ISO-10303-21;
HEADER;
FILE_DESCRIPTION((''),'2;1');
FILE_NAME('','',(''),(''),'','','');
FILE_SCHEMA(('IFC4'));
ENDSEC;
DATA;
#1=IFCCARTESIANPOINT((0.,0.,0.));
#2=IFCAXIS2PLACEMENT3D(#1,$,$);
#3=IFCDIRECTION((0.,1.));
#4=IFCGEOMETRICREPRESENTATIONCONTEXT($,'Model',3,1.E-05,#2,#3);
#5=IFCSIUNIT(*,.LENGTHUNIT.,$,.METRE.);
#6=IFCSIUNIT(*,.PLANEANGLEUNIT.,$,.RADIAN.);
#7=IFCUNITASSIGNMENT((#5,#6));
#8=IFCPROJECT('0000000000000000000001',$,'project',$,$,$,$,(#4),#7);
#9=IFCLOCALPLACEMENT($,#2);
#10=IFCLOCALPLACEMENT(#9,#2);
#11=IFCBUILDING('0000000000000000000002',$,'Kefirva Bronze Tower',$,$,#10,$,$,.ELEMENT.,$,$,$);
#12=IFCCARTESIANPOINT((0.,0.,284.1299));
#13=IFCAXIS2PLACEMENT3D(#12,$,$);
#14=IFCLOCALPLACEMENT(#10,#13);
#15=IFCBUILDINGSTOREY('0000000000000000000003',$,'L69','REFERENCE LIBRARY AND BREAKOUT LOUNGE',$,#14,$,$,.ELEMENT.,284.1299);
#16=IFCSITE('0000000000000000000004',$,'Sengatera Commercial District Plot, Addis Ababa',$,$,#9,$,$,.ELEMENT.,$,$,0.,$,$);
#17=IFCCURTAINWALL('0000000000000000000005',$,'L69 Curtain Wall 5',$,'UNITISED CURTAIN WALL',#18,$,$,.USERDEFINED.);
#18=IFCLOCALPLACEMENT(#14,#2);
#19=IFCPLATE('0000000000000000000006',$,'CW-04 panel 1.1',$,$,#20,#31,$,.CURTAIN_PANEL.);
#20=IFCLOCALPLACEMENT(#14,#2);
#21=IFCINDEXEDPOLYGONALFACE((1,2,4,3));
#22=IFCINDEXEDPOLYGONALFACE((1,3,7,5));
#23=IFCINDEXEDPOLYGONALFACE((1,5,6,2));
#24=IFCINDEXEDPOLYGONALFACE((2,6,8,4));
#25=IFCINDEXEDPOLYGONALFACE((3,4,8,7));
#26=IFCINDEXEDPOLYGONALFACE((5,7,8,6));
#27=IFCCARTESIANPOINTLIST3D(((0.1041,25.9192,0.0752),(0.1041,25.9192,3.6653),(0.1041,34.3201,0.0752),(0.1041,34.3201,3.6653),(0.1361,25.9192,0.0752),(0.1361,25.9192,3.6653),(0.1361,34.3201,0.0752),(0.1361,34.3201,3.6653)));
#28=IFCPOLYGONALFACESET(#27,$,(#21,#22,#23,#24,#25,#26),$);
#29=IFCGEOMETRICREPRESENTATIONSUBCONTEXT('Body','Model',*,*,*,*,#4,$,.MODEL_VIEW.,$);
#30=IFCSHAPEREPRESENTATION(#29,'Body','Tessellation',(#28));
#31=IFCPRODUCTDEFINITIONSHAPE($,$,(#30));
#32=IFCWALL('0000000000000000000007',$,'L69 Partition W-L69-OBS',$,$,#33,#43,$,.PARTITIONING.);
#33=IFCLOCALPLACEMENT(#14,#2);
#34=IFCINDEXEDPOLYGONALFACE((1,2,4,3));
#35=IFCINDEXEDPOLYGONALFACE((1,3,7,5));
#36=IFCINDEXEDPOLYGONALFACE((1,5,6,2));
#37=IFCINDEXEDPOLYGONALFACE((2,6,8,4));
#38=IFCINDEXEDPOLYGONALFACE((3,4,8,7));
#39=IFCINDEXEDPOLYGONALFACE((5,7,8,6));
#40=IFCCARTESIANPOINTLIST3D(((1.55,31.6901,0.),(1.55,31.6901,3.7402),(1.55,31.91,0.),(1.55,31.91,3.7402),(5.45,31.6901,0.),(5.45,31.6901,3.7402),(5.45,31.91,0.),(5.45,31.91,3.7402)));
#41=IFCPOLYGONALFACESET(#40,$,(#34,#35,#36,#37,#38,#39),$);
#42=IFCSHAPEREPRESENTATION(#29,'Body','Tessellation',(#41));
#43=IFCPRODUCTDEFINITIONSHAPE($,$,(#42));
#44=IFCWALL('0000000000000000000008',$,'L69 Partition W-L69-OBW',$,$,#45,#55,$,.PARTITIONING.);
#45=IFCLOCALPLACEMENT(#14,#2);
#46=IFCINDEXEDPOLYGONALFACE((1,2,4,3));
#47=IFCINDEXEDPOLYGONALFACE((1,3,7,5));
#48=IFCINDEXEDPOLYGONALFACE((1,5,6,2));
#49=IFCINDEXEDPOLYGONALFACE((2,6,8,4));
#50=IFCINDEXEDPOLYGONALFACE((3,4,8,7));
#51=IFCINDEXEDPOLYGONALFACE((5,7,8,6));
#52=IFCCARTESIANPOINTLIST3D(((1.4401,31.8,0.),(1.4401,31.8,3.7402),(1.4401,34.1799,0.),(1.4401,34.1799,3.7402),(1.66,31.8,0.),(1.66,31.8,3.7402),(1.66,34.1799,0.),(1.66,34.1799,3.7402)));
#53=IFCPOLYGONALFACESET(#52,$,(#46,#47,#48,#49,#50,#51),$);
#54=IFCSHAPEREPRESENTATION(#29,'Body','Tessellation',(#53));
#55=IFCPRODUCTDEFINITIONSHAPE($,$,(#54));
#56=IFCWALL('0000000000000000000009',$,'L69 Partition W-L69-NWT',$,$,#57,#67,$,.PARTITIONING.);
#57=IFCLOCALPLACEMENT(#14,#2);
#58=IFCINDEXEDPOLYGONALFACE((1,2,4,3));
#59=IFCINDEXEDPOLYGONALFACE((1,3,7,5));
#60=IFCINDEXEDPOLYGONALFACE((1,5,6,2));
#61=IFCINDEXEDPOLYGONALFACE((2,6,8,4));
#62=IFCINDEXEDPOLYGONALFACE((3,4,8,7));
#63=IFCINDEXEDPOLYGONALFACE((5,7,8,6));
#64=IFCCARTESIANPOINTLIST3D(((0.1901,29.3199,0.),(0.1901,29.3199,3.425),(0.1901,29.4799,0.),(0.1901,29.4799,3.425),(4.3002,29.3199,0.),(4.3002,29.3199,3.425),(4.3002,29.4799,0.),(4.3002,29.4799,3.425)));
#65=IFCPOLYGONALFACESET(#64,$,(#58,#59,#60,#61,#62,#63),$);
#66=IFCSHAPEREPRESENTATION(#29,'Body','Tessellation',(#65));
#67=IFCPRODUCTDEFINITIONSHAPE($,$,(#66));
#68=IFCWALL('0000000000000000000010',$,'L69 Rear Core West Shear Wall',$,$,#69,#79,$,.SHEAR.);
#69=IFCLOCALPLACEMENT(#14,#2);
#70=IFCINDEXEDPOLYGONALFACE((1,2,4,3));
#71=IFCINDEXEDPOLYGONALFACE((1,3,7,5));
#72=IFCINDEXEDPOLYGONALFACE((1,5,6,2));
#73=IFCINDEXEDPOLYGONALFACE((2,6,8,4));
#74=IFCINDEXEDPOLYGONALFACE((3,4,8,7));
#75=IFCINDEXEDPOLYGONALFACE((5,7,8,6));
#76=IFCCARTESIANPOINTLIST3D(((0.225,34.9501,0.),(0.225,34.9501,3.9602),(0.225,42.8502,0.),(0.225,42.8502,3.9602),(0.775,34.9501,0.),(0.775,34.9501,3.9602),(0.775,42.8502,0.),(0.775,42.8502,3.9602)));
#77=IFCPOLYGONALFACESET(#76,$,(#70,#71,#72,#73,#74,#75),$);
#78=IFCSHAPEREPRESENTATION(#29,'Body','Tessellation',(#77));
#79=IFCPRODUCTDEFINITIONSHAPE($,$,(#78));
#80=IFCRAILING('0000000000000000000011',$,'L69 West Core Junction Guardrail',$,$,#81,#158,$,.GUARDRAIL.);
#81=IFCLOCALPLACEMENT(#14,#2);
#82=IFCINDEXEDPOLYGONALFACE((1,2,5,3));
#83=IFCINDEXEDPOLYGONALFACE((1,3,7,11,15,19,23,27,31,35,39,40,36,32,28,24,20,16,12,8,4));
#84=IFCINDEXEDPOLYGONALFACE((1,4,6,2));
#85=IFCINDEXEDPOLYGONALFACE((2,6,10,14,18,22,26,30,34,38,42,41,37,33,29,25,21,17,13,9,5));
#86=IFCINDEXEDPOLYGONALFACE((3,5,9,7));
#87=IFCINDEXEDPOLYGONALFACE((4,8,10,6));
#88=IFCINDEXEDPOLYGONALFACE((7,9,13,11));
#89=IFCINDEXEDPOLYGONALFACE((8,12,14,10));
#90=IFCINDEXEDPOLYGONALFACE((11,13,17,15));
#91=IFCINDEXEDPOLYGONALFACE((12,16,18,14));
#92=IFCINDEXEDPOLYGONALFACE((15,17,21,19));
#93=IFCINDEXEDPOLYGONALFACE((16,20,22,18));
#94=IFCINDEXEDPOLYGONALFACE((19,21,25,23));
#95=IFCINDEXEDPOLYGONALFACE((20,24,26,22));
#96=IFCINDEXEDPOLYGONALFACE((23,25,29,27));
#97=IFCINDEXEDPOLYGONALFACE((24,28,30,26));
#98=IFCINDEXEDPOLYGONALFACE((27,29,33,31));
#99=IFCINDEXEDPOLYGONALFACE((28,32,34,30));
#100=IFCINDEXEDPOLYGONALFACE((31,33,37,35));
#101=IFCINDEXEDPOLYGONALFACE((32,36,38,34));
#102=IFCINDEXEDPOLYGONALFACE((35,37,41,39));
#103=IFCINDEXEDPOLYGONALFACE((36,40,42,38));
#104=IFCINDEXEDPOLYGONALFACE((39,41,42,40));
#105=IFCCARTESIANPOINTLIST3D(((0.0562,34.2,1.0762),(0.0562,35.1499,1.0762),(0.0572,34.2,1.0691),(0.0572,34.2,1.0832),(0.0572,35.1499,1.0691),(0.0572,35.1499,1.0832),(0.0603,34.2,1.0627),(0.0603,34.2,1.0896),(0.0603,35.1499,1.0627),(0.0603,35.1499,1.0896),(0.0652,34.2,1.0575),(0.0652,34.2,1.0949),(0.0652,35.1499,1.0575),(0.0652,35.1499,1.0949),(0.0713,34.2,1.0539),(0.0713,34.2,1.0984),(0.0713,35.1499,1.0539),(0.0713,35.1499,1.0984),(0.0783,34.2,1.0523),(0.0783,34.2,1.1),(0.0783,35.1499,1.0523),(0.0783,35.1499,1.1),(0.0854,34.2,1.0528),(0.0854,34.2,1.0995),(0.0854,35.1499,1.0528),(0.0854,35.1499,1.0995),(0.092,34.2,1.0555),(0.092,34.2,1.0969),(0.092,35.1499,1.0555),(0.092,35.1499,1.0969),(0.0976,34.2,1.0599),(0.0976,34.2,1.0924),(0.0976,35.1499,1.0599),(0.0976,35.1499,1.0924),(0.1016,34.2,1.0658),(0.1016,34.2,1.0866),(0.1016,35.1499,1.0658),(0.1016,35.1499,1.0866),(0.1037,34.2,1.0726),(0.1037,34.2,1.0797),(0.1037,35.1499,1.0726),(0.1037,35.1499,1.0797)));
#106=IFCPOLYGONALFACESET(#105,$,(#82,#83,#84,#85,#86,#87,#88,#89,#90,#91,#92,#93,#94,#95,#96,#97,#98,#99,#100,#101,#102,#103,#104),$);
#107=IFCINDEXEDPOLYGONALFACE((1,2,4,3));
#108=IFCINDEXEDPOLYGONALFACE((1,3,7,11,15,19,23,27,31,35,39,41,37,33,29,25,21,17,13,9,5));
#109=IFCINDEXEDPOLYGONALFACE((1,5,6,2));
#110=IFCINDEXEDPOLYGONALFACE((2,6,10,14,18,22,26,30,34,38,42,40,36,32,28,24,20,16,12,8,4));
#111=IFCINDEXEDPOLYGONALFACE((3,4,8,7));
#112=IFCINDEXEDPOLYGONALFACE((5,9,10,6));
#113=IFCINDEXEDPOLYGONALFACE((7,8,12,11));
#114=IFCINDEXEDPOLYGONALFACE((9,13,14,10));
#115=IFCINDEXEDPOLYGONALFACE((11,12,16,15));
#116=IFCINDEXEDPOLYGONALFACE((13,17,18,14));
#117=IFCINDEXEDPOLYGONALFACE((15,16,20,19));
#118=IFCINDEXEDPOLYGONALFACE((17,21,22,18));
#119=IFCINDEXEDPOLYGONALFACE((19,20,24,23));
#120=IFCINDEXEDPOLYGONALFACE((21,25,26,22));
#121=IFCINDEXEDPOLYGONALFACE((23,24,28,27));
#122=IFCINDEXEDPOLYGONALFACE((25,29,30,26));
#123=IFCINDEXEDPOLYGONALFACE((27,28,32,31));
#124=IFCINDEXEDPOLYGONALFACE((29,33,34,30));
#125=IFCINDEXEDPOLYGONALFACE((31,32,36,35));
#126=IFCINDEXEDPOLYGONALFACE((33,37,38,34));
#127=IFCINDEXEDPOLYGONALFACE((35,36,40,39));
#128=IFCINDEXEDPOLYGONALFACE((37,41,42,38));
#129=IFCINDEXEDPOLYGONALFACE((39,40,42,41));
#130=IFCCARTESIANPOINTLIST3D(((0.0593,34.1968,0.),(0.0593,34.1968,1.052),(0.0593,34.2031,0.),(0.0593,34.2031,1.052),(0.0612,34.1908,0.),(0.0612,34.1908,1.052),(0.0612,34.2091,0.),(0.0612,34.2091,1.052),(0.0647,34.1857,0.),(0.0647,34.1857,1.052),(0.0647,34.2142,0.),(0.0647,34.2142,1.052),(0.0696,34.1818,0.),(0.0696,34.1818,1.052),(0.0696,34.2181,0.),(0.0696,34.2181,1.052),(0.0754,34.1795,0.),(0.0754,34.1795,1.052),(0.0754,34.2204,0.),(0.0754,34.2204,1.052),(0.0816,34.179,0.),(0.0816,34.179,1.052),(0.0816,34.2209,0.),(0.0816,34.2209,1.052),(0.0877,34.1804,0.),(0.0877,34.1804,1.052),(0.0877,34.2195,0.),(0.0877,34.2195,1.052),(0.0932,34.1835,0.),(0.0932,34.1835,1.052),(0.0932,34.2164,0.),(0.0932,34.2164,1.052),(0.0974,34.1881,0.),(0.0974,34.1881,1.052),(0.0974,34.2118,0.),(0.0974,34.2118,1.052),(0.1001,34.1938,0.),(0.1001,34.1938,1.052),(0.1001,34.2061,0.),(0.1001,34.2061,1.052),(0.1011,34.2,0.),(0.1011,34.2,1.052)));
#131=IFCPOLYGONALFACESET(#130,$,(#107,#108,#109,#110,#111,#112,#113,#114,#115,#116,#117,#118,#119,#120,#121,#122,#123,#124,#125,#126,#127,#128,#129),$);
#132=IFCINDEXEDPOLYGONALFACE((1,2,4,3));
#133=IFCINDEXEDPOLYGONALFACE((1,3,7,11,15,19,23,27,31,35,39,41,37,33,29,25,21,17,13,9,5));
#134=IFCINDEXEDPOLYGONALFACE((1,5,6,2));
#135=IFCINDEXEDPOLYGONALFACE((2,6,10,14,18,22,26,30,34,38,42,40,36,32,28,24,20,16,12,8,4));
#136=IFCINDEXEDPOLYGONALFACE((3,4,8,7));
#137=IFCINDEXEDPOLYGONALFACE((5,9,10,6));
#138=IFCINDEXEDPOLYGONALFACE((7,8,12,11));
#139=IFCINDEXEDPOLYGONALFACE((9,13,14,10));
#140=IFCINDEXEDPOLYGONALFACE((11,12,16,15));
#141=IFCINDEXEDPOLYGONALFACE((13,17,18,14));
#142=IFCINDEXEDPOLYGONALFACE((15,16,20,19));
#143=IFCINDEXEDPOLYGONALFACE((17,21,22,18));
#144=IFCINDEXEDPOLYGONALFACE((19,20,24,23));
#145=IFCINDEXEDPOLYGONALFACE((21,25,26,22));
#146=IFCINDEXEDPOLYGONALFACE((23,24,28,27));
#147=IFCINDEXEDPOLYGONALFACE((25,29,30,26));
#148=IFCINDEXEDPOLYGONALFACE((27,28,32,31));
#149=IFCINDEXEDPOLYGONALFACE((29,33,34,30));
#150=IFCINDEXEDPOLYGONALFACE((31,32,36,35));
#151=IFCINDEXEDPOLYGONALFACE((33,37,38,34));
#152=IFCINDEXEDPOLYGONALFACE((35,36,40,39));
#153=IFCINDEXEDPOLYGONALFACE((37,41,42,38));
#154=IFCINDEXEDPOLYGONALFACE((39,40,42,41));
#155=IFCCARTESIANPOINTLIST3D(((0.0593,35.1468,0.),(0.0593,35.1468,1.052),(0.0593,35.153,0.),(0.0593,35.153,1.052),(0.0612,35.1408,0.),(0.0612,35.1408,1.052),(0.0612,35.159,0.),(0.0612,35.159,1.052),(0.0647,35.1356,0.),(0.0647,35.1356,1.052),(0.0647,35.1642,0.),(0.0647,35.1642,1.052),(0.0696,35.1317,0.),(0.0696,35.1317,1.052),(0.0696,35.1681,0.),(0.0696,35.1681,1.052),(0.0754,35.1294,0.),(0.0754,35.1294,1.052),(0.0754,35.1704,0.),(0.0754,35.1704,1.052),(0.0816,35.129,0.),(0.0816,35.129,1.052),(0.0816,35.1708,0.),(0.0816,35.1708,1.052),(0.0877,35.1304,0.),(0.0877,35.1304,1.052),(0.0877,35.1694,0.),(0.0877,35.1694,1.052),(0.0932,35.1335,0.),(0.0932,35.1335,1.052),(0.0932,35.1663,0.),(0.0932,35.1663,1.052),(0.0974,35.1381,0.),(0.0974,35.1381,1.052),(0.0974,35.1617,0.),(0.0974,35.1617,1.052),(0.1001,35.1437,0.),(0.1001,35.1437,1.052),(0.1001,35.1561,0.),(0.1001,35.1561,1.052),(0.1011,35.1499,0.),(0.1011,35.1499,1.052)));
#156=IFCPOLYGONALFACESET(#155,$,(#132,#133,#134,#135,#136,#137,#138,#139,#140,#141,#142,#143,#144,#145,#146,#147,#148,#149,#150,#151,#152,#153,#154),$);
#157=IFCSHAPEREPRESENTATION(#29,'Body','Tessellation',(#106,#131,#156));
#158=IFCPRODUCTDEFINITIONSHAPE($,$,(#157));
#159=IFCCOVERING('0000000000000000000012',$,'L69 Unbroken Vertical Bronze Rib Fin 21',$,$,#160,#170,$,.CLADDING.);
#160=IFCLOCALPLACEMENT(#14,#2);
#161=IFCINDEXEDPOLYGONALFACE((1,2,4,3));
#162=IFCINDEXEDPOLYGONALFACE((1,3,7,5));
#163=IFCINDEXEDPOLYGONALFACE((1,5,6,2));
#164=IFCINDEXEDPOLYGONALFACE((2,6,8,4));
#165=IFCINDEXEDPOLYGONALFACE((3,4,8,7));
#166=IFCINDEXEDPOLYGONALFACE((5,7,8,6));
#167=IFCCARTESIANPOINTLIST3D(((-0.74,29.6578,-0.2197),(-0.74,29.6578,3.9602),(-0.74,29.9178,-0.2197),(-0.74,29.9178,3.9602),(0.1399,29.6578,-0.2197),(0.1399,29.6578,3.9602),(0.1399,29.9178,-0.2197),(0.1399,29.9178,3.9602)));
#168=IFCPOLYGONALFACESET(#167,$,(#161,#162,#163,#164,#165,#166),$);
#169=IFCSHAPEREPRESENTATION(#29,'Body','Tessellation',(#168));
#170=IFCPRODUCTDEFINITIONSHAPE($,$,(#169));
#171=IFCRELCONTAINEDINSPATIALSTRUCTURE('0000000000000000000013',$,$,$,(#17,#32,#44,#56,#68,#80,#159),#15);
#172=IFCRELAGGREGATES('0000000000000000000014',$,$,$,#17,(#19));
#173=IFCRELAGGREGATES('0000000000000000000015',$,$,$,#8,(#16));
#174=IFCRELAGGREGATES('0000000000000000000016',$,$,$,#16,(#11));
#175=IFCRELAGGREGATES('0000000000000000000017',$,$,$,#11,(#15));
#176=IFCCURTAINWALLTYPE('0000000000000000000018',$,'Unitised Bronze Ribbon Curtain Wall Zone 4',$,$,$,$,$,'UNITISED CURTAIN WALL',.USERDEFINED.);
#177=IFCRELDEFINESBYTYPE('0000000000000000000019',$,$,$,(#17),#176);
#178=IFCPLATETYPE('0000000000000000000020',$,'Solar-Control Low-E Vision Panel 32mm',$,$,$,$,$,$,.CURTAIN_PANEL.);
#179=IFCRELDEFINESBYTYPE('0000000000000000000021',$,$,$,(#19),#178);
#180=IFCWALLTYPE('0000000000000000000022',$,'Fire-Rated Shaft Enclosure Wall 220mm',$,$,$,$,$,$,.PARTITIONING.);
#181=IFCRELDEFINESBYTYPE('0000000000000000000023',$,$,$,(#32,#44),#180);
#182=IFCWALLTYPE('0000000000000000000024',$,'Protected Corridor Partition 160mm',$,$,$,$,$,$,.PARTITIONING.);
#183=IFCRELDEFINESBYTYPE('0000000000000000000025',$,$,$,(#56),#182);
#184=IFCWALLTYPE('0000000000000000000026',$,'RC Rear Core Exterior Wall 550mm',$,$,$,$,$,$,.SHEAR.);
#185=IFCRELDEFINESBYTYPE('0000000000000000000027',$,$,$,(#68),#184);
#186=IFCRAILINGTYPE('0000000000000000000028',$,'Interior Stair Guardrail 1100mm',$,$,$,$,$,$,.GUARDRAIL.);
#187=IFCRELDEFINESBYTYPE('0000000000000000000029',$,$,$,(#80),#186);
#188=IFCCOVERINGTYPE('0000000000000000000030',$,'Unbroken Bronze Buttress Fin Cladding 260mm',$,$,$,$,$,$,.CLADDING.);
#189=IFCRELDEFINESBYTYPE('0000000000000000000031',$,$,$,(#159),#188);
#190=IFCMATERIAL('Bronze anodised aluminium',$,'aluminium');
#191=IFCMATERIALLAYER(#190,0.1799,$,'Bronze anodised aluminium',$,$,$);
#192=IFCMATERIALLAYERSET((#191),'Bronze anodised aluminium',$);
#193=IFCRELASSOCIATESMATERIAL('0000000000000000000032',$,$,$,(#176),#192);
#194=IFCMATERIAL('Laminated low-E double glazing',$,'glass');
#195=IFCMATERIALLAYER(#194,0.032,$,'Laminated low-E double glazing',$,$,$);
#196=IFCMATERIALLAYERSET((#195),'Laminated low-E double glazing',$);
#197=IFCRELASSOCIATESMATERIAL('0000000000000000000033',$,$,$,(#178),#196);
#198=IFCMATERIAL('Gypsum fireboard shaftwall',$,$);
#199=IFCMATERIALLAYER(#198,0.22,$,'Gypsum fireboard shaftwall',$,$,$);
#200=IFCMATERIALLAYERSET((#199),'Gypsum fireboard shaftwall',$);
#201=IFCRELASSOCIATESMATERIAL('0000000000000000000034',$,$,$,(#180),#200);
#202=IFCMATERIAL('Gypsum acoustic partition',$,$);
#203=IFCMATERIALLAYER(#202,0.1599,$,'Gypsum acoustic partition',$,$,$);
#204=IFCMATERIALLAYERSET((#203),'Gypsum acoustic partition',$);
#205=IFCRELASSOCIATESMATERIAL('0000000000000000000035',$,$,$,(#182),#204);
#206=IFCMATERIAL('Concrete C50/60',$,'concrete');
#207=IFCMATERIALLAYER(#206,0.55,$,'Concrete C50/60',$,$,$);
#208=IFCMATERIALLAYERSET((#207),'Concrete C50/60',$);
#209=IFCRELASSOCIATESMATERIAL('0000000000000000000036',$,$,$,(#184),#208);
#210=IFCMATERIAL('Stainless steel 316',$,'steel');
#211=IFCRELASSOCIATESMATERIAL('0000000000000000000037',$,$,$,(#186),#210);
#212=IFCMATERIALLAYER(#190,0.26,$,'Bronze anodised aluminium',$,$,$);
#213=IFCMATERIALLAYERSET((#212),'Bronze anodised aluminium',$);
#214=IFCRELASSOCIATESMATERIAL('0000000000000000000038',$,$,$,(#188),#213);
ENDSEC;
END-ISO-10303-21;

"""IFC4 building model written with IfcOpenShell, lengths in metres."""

from ifc_helpers import new_model, si_unit, direction, frame, frame_2d, origin, origin_2d, place, context, subcontext, project, spatial, rectangle, circle, extrude, material, layer, layer_set, type_object, element, aggregate, save


model = new_model("IFC4")

# Units and contexts
model_context = context("Model", 3, precision=1e-05, world=origin(), true_north=direction((0.0, 1.0)))
body_context = subcontext(model_context, "Body", "Model", "MODEL_VIEW")
ifc_project = project(units=[si_unit("LENGTHUNIT", "METRE"), si_unit("PLANEANGLEUNIT", "RADIAN")], contexts=[model_context])

# Site, building, storey
site_placement = place(None, origin())
site = spatial("IfcSite", under=ifc_project, at=site_placement, Name="Sengatera Commercial District Plot, Addis Ababa", CompositionType="ELEMENT", RefElevation=0.0)
building_placement = place(site_placement, origin())
building = spatial("IfcBuilding", under=site, at=building_placement, Name="Kefirva Bronze Tower", CompositionType="ELEMENT")
storey_placement = place(building_placement, frame((0.0, 0.0, 284.1299)))
storey = spatial("IfcBuildingStorey", under=building, at=storey_placement, Name="L69", Description="REFERENCE LIBRARY AND BREAKOUT LOUNGE", CompositionType="ELEMENT", Elevation=284.1299)

# Shared definitions
ifc_material_1 = material(Name="Concrete C50/60", Category="concrete")

# Curtain wall
ifc_material_2 = material(Name="Bronze anodised aluminium", Category="aluminium")
ifc_layer_1 = layer(ifc_material_2, 0.1799, Name="Bronze anodised aluminium")
ifc_layer_set_1 = layer_set([ifc_layer_1], Name="Bronze anodised aluminium")
curtain_wall_type = type_object("IfcCurtainWallType", Name="Unitised Bronze Ribbon Curtain Wall Zone 4", ElementType="UNITISED CURTAIN WALL", PredefinedType="USERDEFINED", material=ifc_layer_set_1)
curtain_wall_placement = place(storey_placement, origin())
curtain_wall = element("IfcCurtainWall", 1, at=curtain_wall_placement, inside=storey, type_object=curtain_wall_type, Name="L69 Curtain Wall 5", ObjectType="UNITISED CURTAIN WALL", PredefinedType="USERDEFINED")

# Plate
ifc_material_3 = material(Name="Laminated low-E double glazing", Category="glass")
ifc_layer_2 = layer(ifc_material_3, 0.032, Name="Laminated low-E double glazing")
ifc_layer_set_2 = layer_set([ifc_layer_2], Name="Laminated low-E double glazing")
plate_type = type_object("IfcPlateType", Name="Solar-Control Low-E Vision Panel 32mm", PredefinedType="CURTAIN_PANEL", material=ifc_layer_set_2)
plate_placement = place(storey_placement, frame((0.1201, 30.1196, 0.0752), z_axis=(0.0, 0.0, 1.0), x_axis=(0.0, -1.0, 0.0)))
plate = element("IfcPlate", 2, at=plate_placement, type_object=plate_type, Name="CW-04 panel 1.1", PredefinedType="CURTAIN_PANEL", context=body_context, shape_type="SweptSolid", body=[
    extrude(rectangle(XDim=8.4009, YDim=0.032, at=origin_2d()), origin(), (0.0, 0.0, 1.0), 3.5901),
])
aggregate(curtain_wall, [plate])

# Walls
ifc_material_4 = material(Name="Gypsum fireboard shaftwall")
ifc_layer_3 = layer(ifc_material_4, 0.22, Name="Gypsum fireboard shaftwall")
ifc_layer_set_3 = layer_set([ifc_layer_3], Name="Gypsum fireboard shaftwall")
wall_type_1 = type_object("IfcWallType", Name="Fire-Rated Shaft Enclosure Wall 220mm", PredefinedType="PARTITIONING", material=ifc_layer_set_3)
wall_1_placement = place(storey_placement, frame((1.55, 31.8, 0.0), z_axis=(0.0, 0.0, 1.0), x_axis=(1.0, 0.0, 0.0)))
element("IfcWall", 3, at=wall_1_placement, inside=storey, type_object=wall_type_1, Name="L69 Partition W-L69-OBS", PredefinedType="PARTITIONING", context=body_context, shape_type="SweptSolid", body=[
    extrude(rectangle(XDim=3.8999, YDim=0.22, at=frame_2d((1.95, 0.0))), origin(), (0.0, 0.0, 1.0), 3.7402),
])
wall_2_placement = place(storey_placement, frame((1.55, 31.8, 0.0), z_axis=(0.0, 0.0, 1.0), x_axis=(0.0, 1.0, 0.0)))
element("IfcWall", 4, at=wall_2_placement, inside=storey, type_object=wall_type_1, Name="L69 Partition W-L69-OBW", PredefinedType="PARTITIONING", context=body_context, shape_type="SweptSolid", body=[
    extrude(rectangle(XDim=2.3799, YDim=0.22, at=frame_2d((1.1899, 0.0))), origin(), (0.0, 0.0, 1.0), 3.7402),
])
ifc_material_5 = material(Name="Gypsum acoustic partition")
ifc_layer_4 = layer(ifc_material_5, 0.1599, Name="Gypsum acoustic partition")
ifc_layer_set_4 = layer_set([ifc_layer_4], Name="Gypsum acoustic partition")
wall_type_2 = type_object("IfcWallType", Name="Protected Corridor Partition 160mm", PredefinedType="PARTITIONING", material=ifc_layer_set_4)
wall_3_placement = place(storey_placement, frame((0.1899, 29.3999, 0.0), z_axis=(0.0, 0.0, 1.0), x_axis=(1.0, 0.0, 0.0)))
element("IfcWall", 5, at=wall_3_placement, inside=storey, type_object=wall_type_2, Name="L69 Partition W-L69-NWT", PredefinedType="PARTITIONING", context=body_context, shape_type="SweptSolid", body=[
    extrude(rectangle(XDim=4.1101, YDim=0.1599, at=frame_2d((2.0552, 0.0))), origin(), (0.0, 0.0, 1.0), 3.425),
])
ifc_layer_5 = layer(ifc_material_1, 0.55, Name="Concrete C50/60")
ifc_layer_set_5 = layer_set([ifc_layer_5], Name="Concrete C50/60")
wall_type_3 = type_object("IfcWallType", Name="RC Rear Core Exterior Wall 550mm", PredefinedType="SHEAR", material=ifc_layer_set_5)
wall_4_placement = place(storey_placement, frame((0.5, 34.95, 0.0), z_axis=(0.0, 0.0, 1.0), x_axis=(0.0, 1.0, 0.0)))
element("IfcWall", 6, at=wall_4_placement, inside=storey, type_object=wall_type_3, Name="L69 Rear Core West Shear Wall", PredefinedType="SHEAR", context=body_context, shape_type="SweptSolid", body=[
    extrude(rectangle(XDim=7.9001, YDim=0.55, at=frame_2d((3.9502, 0.0))), origin(), (0.0, 0.0, 1.0), 3.9602),
])

# Railing
ifc_material_6 = material(Name="Stainless steel 316", Category="steel")
railing_type = type_object("IfcRailingType", Name="Interior Stair Guardrail 1100mm", PredefinedType="GUARDRAIL", material=ifc_material_6)
railing_placement = place(storey_placement, frame((0.0801, 34.2, 0.0)))
element("IfcRailing", 7, at=railing_placement, inside=storey, type_object=railing_type, Name="L69 West Core Junction Guardrail", PredefinedType="GUARDRAIL", context=body_context, shape_type="SweptSolid", body=[
    extrude(circle(Radius=0.0239, at=origin_2d()), frame((0.0, 0.0, 1.0762), z_axis=(0.0, 1.0, 0.0), x_axis=(-1.0, 0.0, 0.0)), (0.0, 0.0, 1.0), 0.95),
    extrude(circle(Radius=0.021, at=origin_2d()), origin(), (0.0, 0.0, 1.0), 1.052),
    extrude(circle(Radius=0.021, at=origin_2d()), frame((0.0, 0.95, 0.0)), (0.0, 0.0, 1.0), 1.052),
])

# Covering
ifc_layer_6 = layer(ifc_material_2, 0.26, Name="Bronze anodised aluminium")
ifc_layer_set_6 = layer_set([ifc_layer_6], Name="Bronze anodised aluminium")
covering_type = type_object("IfcCoveringType", Name="Unbroken Bronze Buttress Fin Cladding 260mm", PredefinedType="CLADDING", material=ifc_layer_set_6)
covering_placement = place(storey_placement, frame((-0.3, 29.7878, -0.2197), z_axis=(0.0, 0.0, 1.0), x_axis=(0.0, -1.0, 0.0)))
element("IfcCovering", 8, at=covering_placement, inside=storey, type_object=covering_type, Name="L69 Unbroken Vertical Bronze Rib Fin 21", PredefinedType="CLADDING", context=body_context, shape_type="SweptSolid", body=[
    extrude(rectangle(XDim=0.26, YDim=0.8799, at=origin_2d()), origin(), (0.0, 0.0, 1.0), 4.1799),
])

save(model, "model.ifc")
